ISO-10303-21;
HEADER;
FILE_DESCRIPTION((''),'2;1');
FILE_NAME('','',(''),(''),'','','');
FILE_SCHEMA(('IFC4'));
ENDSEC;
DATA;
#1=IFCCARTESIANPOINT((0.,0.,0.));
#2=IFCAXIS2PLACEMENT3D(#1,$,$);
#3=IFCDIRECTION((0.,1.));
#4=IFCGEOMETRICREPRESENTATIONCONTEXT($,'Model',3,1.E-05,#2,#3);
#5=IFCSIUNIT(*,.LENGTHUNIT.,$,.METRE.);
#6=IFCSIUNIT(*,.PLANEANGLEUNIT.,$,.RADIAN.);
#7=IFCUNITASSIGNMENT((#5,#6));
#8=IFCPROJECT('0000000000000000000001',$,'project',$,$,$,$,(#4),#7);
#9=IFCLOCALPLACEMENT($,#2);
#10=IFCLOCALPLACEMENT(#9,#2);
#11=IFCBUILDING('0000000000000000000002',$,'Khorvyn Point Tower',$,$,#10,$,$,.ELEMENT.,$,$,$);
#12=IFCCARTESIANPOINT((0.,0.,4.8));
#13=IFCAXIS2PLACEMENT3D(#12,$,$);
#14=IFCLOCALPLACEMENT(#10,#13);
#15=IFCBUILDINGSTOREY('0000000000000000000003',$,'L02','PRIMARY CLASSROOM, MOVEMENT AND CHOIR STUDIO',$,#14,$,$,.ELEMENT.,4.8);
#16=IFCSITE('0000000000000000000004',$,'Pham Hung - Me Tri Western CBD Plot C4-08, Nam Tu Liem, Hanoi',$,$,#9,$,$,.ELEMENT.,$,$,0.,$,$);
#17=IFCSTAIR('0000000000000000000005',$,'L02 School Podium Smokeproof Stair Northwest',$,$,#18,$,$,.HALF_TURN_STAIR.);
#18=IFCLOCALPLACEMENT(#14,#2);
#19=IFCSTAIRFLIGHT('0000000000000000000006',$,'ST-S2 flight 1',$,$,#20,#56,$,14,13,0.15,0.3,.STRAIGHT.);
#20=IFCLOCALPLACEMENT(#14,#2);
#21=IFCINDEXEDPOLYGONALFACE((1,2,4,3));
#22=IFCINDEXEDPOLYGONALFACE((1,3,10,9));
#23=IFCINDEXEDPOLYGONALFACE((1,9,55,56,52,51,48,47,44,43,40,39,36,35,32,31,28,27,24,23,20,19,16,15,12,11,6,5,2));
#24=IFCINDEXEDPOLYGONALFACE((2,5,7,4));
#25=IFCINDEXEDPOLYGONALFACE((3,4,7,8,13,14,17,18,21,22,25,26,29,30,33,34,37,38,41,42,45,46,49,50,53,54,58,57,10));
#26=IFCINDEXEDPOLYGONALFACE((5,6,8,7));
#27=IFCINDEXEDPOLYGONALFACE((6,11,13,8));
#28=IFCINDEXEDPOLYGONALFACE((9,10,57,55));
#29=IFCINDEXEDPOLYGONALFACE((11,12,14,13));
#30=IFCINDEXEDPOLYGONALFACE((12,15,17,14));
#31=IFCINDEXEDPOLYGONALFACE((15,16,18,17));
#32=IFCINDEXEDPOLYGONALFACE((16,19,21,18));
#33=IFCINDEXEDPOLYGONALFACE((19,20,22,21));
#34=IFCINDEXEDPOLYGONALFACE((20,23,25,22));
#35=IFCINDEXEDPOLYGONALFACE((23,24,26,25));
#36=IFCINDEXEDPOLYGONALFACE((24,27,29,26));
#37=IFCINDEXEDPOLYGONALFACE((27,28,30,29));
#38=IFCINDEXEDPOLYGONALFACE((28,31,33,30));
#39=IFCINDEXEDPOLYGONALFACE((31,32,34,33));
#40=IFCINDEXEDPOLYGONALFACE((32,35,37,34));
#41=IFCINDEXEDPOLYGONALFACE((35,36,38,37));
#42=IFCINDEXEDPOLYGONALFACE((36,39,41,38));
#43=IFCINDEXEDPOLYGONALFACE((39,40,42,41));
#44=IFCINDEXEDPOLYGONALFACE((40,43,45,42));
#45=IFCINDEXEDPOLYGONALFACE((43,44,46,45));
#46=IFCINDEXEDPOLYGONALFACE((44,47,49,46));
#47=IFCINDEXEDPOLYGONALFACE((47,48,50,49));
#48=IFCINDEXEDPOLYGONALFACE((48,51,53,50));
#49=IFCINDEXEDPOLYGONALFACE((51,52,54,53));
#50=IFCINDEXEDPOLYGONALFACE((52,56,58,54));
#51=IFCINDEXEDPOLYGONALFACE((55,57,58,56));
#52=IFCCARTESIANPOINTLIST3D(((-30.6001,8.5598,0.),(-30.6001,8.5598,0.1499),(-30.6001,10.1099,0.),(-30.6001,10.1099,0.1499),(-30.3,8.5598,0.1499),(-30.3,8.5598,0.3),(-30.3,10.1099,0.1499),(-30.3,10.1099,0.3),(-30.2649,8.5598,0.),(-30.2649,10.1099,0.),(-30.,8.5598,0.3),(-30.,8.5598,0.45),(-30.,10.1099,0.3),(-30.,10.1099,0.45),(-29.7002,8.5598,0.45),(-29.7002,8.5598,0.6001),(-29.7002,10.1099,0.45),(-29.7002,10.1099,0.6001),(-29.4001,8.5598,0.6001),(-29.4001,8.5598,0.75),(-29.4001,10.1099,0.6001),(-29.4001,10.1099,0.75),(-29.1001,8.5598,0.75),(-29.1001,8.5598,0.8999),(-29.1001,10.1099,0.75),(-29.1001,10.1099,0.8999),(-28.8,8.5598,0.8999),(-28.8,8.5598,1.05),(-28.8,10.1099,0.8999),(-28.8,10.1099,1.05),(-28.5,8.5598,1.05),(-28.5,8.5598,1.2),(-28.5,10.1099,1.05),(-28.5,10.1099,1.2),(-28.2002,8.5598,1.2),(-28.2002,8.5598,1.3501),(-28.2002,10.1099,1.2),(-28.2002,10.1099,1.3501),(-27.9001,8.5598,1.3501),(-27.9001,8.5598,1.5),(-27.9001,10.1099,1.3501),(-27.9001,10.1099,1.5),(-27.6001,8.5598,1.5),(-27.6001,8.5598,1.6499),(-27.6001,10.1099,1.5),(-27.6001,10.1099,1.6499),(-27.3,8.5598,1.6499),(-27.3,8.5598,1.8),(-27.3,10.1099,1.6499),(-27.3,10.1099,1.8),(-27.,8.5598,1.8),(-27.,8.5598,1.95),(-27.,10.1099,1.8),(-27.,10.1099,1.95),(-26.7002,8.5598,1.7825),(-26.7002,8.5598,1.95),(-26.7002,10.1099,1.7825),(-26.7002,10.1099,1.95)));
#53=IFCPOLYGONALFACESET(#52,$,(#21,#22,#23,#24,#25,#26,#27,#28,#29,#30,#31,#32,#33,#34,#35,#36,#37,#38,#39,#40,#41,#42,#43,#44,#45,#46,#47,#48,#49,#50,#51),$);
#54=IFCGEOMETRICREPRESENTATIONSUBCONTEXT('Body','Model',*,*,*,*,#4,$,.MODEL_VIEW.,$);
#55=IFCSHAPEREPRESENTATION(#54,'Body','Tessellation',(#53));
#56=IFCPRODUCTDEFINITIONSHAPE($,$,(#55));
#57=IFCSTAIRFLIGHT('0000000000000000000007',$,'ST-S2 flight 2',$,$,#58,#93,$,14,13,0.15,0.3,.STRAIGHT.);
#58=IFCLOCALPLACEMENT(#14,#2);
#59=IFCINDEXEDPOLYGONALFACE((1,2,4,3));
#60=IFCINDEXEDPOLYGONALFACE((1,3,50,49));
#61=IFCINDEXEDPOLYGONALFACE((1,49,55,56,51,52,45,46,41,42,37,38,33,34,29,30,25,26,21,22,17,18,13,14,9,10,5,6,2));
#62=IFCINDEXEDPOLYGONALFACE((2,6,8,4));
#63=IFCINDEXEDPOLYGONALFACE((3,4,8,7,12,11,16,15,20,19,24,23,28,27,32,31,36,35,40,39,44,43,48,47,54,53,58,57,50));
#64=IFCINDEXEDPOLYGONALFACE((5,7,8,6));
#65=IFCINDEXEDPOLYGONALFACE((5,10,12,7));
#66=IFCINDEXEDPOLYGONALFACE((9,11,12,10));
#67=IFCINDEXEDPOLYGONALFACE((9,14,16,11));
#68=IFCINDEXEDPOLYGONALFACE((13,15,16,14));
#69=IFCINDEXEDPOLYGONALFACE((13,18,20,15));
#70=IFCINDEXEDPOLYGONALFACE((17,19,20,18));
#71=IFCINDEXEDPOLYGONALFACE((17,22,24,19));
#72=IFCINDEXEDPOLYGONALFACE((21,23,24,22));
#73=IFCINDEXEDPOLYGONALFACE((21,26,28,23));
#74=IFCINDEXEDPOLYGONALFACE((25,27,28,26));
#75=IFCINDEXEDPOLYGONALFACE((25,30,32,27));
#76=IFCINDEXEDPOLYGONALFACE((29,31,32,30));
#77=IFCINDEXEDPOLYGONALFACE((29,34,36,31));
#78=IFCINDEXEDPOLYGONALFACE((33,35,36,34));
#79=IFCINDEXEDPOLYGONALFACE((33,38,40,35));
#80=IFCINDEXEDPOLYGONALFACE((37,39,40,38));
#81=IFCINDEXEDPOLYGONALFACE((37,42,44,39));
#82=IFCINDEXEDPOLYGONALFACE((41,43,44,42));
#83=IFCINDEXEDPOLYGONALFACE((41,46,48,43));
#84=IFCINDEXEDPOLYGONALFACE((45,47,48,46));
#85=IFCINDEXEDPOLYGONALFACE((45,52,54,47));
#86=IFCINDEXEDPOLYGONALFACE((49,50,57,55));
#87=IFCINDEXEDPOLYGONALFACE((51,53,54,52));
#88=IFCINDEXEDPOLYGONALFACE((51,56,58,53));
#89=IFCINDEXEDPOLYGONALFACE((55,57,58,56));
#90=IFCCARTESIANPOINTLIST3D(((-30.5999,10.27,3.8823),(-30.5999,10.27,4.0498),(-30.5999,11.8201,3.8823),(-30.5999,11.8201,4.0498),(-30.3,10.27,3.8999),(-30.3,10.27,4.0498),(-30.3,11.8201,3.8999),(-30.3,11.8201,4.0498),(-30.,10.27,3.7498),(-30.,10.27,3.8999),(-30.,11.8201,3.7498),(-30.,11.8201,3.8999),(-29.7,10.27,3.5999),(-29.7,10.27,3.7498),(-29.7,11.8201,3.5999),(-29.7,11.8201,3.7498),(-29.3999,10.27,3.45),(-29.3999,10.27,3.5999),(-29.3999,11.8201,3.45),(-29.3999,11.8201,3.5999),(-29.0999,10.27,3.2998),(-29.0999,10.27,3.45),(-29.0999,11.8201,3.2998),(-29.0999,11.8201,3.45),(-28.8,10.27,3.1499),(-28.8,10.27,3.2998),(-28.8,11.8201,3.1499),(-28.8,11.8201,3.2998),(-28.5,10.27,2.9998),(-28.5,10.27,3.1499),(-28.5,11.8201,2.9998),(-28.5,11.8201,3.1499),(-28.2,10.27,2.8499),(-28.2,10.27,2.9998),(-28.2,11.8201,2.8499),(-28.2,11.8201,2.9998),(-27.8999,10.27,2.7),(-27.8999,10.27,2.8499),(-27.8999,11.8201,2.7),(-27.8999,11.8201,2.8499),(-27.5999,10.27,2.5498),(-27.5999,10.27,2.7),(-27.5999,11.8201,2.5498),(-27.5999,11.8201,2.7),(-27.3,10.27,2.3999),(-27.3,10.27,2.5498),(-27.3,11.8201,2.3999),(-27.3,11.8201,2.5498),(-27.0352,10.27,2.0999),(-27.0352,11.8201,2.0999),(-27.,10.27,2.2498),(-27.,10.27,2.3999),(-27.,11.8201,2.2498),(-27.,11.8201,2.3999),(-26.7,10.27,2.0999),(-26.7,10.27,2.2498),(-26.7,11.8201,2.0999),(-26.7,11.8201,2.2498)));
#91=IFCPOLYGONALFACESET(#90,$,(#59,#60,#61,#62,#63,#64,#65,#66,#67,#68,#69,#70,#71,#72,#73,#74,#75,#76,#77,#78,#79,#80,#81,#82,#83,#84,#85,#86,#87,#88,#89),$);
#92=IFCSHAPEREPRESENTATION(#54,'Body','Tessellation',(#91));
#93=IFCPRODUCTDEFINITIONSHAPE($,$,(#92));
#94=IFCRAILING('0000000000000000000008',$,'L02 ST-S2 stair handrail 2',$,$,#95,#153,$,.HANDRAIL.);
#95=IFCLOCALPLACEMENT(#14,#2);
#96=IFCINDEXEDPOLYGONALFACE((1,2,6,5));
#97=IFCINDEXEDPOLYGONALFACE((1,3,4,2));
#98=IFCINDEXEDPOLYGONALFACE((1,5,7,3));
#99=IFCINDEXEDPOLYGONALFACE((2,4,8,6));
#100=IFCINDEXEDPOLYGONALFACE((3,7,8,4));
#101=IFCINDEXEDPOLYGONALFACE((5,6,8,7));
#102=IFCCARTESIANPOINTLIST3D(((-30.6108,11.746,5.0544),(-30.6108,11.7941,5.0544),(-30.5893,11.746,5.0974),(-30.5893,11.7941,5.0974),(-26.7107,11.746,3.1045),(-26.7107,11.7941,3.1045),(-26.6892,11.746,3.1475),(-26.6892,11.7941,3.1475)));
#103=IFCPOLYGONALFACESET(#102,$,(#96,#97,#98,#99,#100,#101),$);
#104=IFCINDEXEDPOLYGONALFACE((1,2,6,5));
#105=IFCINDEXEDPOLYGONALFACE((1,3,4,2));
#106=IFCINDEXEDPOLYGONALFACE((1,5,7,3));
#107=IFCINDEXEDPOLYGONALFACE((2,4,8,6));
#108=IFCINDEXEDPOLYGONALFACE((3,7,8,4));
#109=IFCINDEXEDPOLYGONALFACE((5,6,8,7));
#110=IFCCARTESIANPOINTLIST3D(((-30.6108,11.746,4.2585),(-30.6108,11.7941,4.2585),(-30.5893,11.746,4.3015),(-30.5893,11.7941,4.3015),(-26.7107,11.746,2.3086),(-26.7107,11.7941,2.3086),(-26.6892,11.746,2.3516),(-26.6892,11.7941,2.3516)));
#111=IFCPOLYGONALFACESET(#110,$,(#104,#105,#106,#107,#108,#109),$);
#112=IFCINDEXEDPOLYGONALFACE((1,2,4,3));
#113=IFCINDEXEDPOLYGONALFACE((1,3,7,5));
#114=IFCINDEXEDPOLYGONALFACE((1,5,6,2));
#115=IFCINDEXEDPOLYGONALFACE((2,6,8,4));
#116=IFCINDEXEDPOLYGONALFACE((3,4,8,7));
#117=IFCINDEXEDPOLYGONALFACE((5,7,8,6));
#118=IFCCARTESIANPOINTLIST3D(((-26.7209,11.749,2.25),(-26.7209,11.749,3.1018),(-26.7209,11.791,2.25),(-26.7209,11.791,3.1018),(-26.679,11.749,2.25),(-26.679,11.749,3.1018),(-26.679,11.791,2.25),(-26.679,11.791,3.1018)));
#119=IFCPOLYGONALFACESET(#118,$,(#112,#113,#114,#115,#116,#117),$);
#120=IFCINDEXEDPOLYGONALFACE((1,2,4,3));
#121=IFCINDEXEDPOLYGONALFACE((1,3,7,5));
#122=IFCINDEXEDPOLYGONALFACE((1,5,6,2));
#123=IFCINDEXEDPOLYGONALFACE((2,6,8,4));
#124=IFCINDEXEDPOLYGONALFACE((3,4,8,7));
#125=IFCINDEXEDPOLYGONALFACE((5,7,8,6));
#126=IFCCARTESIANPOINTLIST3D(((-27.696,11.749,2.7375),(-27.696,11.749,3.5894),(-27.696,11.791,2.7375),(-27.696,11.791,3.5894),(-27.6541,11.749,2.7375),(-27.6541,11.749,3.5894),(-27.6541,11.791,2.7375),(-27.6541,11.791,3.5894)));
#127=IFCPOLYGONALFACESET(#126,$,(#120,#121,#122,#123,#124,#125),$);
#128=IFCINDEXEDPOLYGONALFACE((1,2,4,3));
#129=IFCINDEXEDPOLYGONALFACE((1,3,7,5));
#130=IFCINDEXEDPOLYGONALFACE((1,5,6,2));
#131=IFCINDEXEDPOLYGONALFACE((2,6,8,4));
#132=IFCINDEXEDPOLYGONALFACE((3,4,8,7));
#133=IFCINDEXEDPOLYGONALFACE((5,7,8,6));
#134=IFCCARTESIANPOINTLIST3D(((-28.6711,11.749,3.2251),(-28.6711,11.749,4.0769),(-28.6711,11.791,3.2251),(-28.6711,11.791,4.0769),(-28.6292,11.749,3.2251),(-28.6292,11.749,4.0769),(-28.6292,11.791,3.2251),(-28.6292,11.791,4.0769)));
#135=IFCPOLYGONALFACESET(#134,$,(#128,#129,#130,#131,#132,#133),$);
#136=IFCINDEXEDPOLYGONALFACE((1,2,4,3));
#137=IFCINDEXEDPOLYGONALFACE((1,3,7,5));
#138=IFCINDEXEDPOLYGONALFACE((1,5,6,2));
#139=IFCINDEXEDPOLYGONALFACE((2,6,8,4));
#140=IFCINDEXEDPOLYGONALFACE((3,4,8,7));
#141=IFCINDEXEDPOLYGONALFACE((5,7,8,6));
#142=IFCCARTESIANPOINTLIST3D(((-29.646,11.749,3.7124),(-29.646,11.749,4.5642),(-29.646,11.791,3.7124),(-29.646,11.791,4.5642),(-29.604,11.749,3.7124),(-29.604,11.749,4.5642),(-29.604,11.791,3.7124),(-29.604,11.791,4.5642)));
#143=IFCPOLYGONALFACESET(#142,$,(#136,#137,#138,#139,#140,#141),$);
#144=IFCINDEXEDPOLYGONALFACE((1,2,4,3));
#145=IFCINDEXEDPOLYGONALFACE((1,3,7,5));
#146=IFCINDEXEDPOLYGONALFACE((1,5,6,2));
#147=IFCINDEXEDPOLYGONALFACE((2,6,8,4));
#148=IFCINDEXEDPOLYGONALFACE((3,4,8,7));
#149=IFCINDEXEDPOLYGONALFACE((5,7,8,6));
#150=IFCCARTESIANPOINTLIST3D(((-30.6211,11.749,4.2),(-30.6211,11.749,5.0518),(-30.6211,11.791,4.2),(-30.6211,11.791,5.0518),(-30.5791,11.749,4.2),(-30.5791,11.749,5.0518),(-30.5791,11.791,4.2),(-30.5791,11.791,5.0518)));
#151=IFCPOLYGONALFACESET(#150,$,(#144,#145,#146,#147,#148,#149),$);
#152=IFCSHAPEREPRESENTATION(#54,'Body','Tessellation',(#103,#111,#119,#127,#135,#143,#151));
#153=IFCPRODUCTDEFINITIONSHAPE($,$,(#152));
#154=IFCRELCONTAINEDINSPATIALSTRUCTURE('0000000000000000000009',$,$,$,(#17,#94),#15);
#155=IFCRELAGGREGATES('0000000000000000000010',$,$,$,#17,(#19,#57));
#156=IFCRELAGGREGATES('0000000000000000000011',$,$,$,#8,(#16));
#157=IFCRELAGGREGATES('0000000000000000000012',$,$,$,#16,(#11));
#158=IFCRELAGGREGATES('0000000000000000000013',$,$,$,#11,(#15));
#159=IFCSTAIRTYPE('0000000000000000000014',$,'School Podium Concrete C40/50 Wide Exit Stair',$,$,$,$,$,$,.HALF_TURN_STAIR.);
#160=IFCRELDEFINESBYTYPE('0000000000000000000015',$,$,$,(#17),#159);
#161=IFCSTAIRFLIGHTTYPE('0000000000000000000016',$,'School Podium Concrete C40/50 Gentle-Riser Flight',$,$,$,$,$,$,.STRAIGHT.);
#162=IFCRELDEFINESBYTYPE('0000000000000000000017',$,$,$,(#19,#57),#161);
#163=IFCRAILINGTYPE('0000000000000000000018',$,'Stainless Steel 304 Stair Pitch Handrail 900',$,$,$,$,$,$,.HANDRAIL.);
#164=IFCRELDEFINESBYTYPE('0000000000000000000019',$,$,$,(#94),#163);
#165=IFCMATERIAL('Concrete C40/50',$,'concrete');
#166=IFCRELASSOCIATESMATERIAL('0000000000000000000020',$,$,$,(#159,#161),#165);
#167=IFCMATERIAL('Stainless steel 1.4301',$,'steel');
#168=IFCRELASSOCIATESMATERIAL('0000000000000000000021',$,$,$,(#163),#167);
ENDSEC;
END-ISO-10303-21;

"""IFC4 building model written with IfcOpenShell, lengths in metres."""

from ifc_helpers import new_model, si_unit, direction, frame, origin, origin_2d, place, context, subcontext, project, spatial, polyline, rectangle, outline, extrude, material, type_object, element, aggregate, save


model = new_model("IFC4")

# Units and contexts
model_context = context("Model", 3, precision=1e-05, world=origin(), true_north=direction((0.0, 1.0)))
body_context = subcontext(model_context, "Body", "Model", "MODEL_VIEW")
ifc_project = project(units=[si_unit("LENGTHUNIT", "METRE"), si_unit("PLANEANGLEUNIT", "RADIAN")], contexts=[model_context])

# Site, building, storey
site_placement = place(None, origin())
site = spatial("IfcSite", under=ifc_project, at=site_placement, Name="Pham Hung - Me Tri Western CBD Plot C4-08, Nam Tu Liem, Hanoi", CompositionType="ELEMENT", RefElevation=0.0)
building_placement = place(site_placement, origin())
building = spatial("IfcBuilding", under=site, at=building_placement, Name="Khorvyn Point Tower", CompositionType="ELEMENT")
storey_placement = place(building_placement, frame((0.0, 0.0, 4.8)))
storey = spatial("IfcBuildingStorey", under=building, at=storey_placement, Name="L02", Description="PRIMARY CLASSROOM, MOVEMENT AND CHOIR STUDIO", CompositionType="ELEMENT", Elevation=4.8)

# Shared definitions
ifc_material_1 = material(Name="Concrete C40/50", Category="concrete")

# Stair, stair flights
stair_type = type_object("IfcStairType", Name="School Podium Concrete C40/50 Wide Exit Stair", PredefinedType="HALF_TURN_STAIR", material=ifc_material_1)
stair_placement = place(storey_placement, origin())
stair = element("IfcStair", 1, at=stair_placement, inside=storey, type_object=stair_type, Name="L02 School Podium Smokeproof Stair Northwest", PredefinedType="HALF_TURN_STAIR")
stair_flight_type = type_object("IfcStairFlightType", Name="School Podium Concrete C40/50 Gentle-Riser Flight", PredefinedType="STRAIGHT", material=ifc_material_1)
stair_flight_1_placement = place(storey_placement, frame((-30.6001, 9.335, 0.0), z_axis=(0.0, 0.0, 1.0), x_axis=(1.0, 0.0, 0.0)))
stair_flight_1 = element("IfcStairFlight", 2, at=stair_flight_1_placement, type_object=stair_flight_type, Name="ST-S2 flight 1", NumberOfRisers=14, NumberOfTreads=13, PredefinedType="STRAIGHT", RiserHeight=0.15, TreadLength=0.3, context=body_context, shape_type="SweptSolid", body=[
    extrude(outline(polyline([(0.0, 0.0), (0.0, 0.1499), (0.3, 0.1499), (0.3, 0.3), (0.6001, 0.3), (0.6001, 0.45), (0.8999, 0.45), (0.8999, 0.6001), (1.2, 0.6001), (1.2, 0.75), (1.5, 0.75), (1.5, 0.8999), (1.8, 0.8999), (1.8, 1.05), (2.1001, 1.05), (2.1001, 1.2), (2.3999, 1.2), (2.3999, 1.3501), (2.7, 1.3501), (2.7, 1.5), (3.0, 1.5), (3.0, 1.6499), (3.3, 1.6499), (3.3, 1.8), (3.6001, 1.8), (3.6001, 1.95), (3.8999, 1.95), (3.8999, 2.1001), (3.8999, 1.7825), (0.3352, 0.0), (0.0, 0.0)])), frame((0.0, 0.7749, 0.0), z_axis=(0.0, -1.0, 0.0), x_axis=(1.0, 0.0, 0.0)), (0.0, 0.0, 1.0), 1.55),
])
stair_flight_2_placement = place(storey_placement, frame((-26.7, 11.0449, 2.0999), z_axis=(0.0, 0.0, 1.0), x_axis=(-1.0, 0.0, 0.0)))
stair_flight_2 = element("IfcStairFlight", 3, at=stair_flight_2_placement, type_object=stair_flight_type, Name="ST-S2 flight 2", NumberOfRisers=14, NumberOfTreads=13, PredefinedType="STRAIGHT", RiserHeight=0.15, TreadLength=0.3, context=body_context, shape_type="SweptSolid", body=[
    extrude(outline(polyline([(0.0, 0.0), (0.0, 0.1499), (0.3, 0.1499), (0.3, 0.3), (0.6001, 0.3), (0.6001, 0.45), (0.8999, 0.45), (0.8999, 0.6001), (1.2, 0.6001), (1.2, 0.75), (1.5, 0.75), (1.5, 0.8999), (1.8, 0.8999), (1.8, 1.05), (2.1001, 1.05), (2.1001, 1.2), (2.3999, 1.2), (2.3999, 1.3501), (2.7, 1.3501), (2.7, 1.5), (3.0, 1.5), (3.0, 1.6499), (3.3, 1.6499), (3.3, 1.8), (3.6001, 1.8), (3.6001, 1.95), (3.8999, 1.95), (3.8999, 2.1001), (3.8999, 1.7825), (0.3352, 0.0), (0.0, 0.0)])), frame((0.0, 0.7749, 0.0), z_axis=(0.0, -1.0, 0.0), x_axis=(1.0, 0.0, 0.0)), (0.0, 0.0, 1.0), 1.55),
])
aggregate(stair, [stair_flight_1, stair_flight_2])

# Railing
ifc_material_2 = material(Name="Stainless steel 1.4301", Category="steel")
railing_type_1 = type_object("IfcRailingType", Name="Stainless Steel 304 Stair Pitch Handrail 900", PredefinedType="HANDRAIL", material=ifc_material_2)
railing_1_placement = place(storey_placement, frame((-26.7, 11.77, 2.25)))
element("IfcRailing", 4, at=railing_1_placement, inside=storey, type_object=railing_type_1, Name="L02 ST-S2 stair handrail 2", PredefinedType="HANDRAIL", context=body_context, shape_type="SweptSolid", body=[
    extrude(rectangle(XDim=0.0481, YDim=0.0481, at=origin_2d()), frame((0.0, 0.0, 0.876), z_axis=(-0.894438, 0.0, 0.447191), x_axis=(0.0, -1.0, 0.0)), (0.0, 0.0, 1.0), 4.3604),
    extrude(rectangle(XDim=0.0481, YDim=0.0481, at=origin_2d()), frame((0.0, 0.0, 0.0801), z_axis=(-0.894438, 0.0, 0.447191), x_axis=(0.0, -1.0, 0.0)), (0.0, 0.0, 1.0), 4.3604),
    extrude(rectangle(XDim=0.042, YDim=0.042, at=origin_2d()), origin(), (0.0, 0.0, 1.0), 0.8518),
    extrude(rectangle(XDim=0.042, YDim=0.042, at=origin_2d()), frame((-0.9751, 0.0, 0.4875)), (0.0, 0.0, 1.0), 0.8518),
    extrude(rectangle(XDim=0.042, YDim=0.042, at=origin_2d()), frame((-1.9502, 0.0, 0.9751)), (0.0, 0.0, 1.0), 0.8518),
    extrude(rectangle(XDim=0.042, YDim=0.042, at=origin_2d()), frame((-2.925, 0.0, 1.4624)), (0.0, 0.0, 1.0), 0.8518),
    extrude(rectangle(XDim=0.042, YDim=0.042, at=origin_2d()), frame((-3.9001, 0.0, 1.95)), (0.0, 0.0, 1.0), 0.8518),
])

save(model, "model.ifc")
